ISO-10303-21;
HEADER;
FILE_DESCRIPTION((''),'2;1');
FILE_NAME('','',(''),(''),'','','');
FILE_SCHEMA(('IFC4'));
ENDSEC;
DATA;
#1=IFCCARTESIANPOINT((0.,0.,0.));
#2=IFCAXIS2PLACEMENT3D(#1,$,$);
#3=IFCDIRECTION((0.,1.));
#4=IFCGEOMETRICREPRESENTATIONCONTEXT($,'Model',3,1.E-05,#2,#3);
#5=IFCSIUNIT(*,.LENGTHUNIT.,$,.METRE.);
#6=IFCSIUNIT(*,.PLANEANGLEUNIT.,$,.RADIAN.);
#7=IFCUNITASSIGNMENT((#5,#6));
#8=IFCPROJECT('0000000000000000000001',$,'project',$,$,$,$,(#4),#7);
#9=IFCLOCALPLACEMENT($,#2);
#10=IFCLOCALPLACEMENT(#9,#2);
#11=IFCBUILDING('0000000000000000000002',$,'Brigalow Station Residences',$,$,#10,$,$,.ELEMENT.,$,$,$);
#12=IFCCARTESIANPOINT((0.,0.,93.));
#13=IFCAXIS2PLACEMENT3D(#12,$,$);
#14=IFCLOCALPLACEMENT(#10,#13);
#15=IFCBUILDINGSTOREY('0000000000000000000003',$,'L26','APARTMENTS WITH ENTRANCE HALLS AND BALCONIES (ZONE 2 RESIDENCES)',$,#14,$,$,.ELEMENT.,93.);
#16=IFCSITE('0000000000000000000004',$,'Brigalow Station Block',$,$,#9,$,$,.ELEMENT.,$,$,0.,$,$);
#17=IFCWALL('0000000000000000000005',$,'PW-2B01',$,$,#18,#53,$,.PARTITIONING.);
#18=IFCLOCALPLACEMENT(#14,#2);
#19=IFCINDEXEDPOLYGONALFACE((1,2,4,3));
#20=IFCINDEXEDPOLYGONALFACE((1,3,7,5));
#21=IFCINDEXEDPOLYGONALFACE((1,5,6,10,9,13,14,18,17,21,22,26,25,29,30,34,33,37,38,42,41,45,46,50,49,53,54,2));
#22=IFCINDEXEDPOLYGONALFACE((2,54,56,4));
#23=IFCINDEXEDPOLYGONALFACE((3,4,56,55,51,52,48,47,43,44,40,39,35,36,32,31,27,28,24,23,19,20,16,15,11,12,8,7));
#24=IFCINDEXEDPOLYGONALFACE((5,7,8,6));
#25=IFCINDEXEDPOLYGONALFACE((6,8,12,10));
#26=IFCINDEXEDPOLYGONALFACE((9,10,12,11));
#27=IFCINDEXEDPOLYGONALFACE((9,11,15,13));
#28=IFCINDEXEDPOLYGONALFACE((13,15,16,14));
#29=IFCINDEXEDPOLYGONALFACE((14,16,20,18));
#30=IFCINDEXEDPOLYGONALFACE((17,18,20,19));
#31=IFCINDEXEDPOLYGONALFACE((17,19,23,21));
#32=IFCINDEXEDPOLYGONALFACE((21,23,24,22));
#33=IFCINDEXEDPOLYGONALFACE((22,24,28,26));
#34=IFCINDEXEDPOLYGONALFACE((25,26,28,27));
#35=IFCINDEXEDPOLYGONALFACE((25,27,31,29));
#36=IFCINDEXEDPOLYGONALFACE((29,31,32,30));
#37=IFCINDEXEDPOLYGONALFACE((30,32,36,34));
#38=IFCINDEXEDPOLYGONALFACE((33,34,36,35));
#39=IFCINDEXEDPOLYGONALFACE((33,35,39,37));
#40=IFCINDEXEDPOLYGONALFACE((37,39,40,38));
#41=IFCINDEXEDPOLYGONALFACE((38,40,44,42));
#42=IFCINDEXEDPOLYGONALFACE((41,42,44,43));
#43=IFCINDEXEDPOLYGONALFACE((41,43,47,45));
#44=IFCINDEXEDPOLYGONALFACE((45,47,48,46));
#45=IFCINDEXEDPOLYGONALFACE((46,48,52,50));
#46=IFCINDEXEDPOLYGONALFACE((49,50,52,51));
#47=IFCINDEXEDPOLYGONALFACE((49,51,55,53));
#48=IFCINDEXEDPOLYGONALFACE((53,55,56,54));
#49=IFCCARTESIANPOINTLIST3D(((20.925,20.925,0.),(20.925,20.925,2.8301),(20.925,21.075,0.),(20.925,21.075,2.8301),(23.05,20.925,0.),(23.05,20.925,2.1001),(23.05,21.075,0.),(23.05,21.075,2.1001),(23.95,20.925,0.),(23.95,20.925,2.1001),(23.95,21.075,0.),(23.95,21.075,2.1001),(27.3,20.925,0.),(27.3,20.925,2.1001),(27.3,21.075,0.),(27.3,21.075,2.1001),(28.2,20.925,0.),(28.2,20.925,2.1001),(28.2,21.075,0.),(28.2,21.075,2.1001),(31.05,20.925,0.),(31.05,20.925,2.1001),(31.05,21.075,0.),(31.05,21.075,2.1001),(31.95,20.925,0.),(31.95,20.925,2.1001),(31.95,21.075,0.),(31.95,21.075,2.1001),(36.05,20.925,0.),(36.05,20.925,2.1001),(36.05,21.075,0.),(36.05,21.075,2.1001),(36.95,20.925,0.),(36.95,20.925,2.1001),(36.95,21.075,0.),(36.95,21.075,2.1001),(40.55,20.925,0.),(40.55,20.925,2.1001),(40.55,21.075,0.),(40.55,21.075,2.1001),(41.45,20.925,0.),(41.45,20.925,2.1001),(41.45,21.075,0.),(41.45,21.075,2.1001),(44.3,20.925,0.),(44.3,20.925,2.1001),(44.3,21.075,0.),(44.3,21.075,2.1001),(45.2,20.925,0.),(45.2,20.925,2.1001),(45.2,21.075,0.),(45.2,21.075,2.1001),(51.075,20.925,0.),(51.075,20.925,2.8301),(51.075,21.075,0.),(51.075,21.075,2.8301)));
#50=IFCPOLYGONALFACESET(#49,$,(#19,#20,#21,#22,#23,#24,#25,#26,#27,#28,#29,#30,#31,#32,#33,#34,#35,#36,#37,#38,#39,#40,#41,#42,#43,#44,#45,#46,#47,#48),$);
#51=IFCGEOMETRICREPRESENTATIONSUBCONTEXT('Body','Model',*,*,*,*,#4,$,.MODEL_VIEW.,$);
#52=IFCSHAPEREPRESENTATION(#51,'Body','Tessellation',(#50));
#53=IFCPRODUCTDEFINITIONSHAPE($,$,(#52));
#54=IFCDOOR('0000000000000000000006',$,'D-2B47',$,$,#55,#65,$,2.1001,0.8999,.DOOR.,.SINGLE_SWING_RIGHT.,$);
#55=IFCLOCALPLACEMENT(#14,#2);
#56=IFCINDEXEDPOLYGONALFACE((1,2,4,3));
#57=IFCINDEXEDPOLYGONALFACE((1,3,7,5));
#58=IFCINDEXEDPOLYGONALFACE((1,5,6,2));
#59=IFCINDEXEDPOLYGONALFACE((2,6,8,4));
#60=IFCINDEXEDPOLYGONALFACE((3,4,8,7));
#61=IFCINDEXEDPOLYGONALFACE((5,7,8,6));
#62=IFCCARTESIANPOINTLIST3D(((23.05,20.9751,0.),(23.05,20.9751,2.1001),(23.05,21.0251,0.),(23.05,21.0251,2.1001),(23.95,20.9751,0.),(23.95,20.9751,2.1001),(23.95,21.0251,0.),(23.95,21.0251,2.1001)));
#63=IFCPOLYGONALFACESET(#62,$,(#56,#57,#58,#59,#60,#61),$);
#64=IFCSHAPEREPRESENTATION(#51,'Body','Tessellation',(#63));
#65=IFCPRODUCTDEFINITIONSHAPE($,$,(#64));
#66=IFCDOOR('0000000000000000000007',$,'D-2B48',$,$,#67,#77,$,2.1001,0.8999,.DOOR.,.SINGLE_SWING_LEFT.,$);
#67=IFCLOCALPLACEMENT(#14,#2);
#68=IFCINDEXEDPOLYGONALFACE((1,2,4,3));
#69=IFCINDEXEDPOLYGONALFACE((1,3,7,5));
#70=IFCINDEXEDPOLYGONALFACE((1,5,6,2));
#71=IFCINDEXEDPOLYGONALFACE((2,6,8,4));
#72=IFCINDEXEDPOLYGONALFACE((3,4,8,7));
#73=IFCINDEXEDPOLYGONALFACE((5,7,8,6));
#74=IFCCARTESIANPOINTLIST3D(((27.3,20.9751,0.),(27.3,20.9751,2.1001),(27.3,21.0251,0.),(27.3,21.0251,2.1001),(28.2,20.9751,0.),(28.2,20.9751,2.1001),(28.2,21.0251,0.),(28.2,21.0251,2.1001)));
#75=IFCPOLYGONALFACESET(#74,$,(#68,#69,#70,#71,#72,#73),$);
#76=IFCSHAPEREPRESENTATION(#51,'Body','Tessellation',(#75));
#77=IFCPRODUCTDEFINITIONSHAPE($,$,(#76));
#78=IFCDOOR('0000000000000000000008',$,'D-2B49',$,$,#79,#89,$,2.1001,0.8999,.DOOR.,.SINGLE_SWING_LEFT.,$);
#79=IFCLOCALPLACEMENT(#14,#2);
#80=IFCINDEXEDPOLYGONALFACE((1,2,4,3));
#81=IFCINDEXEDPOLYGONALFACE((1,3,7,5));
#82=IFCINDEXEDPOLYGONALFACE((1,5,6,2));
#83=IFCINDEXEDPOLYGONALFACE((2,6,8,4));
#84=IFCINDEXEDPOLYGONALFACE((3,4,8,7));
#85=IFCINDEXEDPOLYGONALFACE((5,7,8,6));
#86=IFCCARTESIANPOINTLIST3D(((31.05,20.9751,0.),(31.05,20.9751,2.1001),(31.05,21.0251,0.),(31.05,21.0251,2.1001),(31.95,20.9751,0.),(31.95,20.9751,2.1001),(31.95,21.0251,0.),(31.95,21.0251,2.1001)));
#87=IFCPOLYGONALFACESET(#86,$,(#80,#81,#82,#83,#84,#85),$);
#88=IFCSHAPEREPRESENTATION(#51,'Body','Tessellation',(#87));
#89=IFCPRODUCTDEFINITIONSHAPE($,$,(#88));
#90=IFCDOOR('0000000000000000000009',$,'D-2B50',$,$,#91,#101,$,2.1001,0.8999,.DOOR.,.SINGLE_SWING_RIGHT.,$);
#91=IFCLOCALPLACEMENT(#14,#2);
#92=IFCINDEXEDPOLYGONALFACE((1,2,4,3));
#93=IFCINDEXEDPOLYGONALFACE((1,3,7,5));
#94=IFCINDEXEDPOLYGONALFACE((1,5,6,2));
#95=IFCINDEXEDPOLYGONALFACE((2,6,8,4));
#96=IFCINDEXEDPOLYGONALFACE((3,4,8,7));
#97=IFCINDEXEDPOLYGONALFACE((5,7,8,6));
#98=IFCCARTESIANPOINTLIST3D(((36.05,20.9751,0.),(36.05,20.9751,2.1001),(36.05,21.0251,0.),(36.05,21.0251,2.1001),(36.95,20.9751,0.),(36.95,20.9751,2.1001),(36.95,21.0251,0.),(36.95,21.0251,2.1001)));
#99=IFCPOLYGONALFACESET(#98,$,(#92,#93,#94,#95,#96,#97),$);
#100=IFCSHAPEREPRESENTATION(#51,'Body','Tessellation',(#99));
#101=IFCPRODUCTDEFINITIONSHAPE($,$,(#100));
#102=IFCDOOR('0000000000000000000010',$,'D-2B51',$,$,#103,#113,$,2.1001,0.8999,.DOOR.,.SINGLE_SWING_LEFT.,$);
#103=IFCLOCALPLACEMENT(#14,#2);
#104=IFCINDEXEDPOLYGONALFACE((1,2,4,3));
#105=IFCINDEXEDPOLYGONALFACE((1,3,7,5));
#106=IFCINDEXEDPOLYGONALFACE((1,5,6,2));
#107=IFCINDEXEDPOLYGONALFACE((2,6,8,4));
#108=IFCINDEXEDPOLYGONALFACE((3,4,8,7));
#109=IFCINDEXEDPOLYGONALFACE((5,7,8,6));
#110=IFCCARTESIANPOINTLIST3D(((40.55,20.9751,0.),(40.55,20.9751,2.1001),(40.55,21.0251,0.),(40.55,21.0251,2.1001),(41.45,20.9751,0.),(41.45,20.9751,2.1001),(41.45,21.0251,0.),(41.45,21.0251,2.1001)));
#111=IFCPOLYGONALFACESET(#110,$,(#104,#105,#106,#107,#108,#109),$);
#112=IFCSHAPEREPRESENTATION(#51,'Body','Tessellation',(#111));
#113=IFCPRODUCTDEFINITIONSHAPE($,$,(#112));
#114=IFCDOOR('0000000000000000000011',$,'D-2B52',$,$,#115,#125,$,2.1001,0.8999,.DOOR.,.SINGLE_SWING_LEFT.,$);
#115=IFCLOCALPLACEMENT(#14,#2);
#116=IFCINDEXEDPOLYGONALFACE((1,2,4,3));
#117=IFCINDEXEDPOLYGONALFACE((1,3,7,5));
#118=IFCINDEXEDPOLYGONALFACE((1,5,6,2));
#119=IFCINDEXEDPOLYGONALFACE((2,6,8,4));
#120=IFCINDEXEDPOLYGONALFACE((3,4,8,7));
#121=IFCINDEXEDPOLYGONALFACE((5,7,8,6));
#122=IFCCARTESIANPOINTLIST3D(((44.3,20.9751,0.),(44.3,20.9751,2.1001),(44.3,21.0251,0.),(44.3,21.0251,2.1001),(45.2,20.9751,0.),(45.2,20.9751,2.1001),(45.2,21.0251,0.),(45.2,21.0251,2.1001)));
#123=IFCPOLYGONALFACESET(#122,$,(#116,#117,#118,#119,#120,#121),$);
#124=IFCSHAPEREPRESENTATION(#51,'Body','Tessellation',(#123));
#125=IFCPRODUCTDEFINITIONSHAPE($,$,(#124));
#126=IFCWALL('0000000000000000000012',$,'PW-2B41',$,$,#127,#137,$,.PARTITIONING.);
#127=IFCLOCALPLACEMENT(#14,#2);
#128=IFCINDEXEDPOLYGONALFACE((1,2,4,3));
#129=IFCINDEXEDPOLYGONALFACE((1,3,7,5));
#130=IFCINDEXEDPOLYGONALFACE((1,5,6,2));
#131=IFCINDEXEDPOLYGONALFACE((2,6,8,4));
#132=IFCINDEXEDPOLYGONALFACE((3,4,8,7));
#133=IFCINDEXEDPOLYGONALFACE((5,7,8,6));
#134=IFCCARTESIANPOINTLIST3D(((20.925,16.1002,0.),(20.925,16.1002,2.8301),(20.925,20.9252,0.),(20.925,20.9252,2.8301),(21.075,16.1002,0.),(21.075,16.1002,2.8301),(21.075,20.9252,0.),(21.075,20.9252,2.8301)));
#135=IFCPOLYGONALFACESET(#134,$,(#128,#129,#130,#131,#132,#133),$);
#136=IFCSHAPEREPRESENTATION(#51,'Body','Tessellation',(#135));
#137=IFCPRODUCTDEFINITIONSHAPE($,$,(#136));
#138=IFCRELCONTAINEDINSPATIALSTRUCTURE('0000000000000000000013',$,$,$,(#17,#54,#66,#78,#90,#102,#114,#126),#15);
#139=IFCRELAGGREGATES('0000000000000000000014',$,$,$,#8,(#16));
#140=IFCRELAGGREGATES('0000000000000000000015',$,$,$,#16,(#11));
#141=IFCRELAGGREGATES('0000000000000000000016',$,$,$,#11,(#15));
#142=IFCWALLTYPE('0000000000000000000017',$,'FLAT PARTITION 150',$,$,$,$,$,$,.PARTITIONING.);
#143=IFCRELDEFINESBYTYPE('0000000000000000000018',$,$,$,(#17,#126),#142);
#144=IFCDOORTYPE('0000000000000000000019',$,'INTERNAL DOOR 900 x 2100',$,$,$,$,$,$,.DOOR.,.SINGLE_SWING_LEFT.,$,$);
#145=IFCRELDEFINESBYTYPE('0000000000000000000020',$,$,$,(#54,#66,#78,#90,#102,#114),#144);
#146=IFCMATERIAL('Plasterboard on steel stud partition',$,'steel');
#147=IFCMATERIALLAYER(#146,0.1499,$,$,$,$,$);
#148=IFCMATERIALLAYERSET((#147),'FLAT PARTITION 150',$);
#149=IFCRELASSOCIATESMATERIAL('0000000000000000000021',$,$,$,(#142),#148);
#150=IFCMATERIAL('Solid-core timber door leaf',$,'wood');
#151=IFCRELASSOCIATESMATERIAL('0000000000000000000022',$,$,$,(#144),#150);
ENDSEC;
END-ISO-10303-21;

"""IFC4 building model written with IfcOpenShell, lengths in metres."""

from ifc_helpers import new_model, si_unit, direction, frame, frame_2d, origin, place, context, subcontext, project, spatial, rectangle, extrude, material, layer, layer_set, type_object, element, fill, save


model = new_model("IFC4")

# Units and contexts
model_context = context("Model", 3, precision=1e-05, world=origin(), true_north=direction((0.0, 1.0)))
body_context = subcontext(model_context, "Body", "Model", "MODEL_VIEW")
ifc_project = project(units=[si_unit("LENGTHUNIT", "METRE"), si_unit("PLANEANGLEUNIT", "RADIAN")], contexts=[model_context])

# Site, building, storey
site_placement = place(None, origin())
site = spatial("IfcSite", under=ifc_project, at=site_placement, Name="Brigalow Station Block", CompositionType="ELEMENT", RefElevation=0.0)
building_placement = place(site_placement, origin())
building = spatial("IfcBuilding", under=site, at=building_placement, Name="Brigalow Station Residences", CompositionType="ELEMENT")
storey_placement = place(building_placement, frame((0.0, 0.0, 93.0)))
storey = spatial("IfcBuildingStorey", under=building, at=storey_placement, Name="L26", Description="APARTMENTS WITH ENTRANCE HALLS AND BALCONIES (ZONE 2 RESIDENCES)", CompositionType="ELEMENT", Elevation=93.0)

# Wall, openings, doors
ifc_material_1 = material(Name="Plasterboard on steel stud partition", Category="steel")
ifc_layer_1 = layer(ifc_material_1, 0.1499)
ifc_layer_set_1 = layer_set([ifc_layer_1], Name="FLAT PARTITION 150")
wall_type_1 = type_object("IfcWallType", Name="FLAT PARTITION 150", PredefinedType="PARTITIONING", material=ifc_layer_set_1)
wall_1_placement = place(storey_placement, frame((20.925, 21.0, 0.0), z_axis=(0.0, 0.0, 1.0), x_axis=(1.0, 0.0, 0.0)))
wall_1 = element("IfcWall", 1, at=wall_1_placement, inside=storey, type_object=wall_type_1, Name="PW-2B01", PredefinedType="PARTITIONING", context=body_context, shape_type="SweptSolid", body=[
    extrude(rectangle(XDim=30.1499, YDim=0.1499, at=frame_2d((15.075, 0.0))), origin(), (0.0, 0.0, 1.0), 2.8301),
])
opening_1_placement = place(wall_1_placement, frame((2.125, 0.0, 0.0)))
opening_1 = element("IfcOpeningElement", 2, at=opening_1_placement, cuts=wall_1, PredefinedType="OPENING", context=body_context, shape_type="SweptSolid", body=[
    extrude(rectangle(XDim=0.8999, YDim=2.1001, at=frame_2d((0.45, 1.05))), frame((0.0, 0.085, 0.0), z_axis=(0.0, -1.0, 0.0), x_axis=(1.0, 0.0, 0.0)), (0.0, 0.0, 1.0), 0.1699),
])
opening_2_placement = place(wall_1_placement, frame((6.375, 0.0, 0.0)))
opening_2 = element("IfcOpeningElement", 3, at=opening_2_placement, cuts=wall_1, PredefinedType="OPENING", context=body_context, shape_type="SweptSolid", body=[
    extrude(rectangle(XDim=0.8999, YDim=2.1001, at=frame_2d((0.45, 1.05))), frame((0.0, 0.085, 0.0), z_axis=(0.0, -1.0, 0.0), x_axis=(1.0, 0.0, 0.0)), (0.0, 0.0, 1.0), 0.1699),
])
opening_3_placement = place(wall_1_placement, frame((10.125, 0.0, 0.0)))
opening_3 = element("IfcOpeningElement", 4, at=opening_3_placement, cuts=wall_1, PredefinedType="OPENING", context=body_context, shape_type="SweptSolid", body=[
    extrude(rectangle(XDim=0.8999, YDim=2.1001, at=frame_2d((0.45, 1.05))), frame((0.0, 0.085, 0.0), z_axis=(0.0, -1.0, 0.0), x_axis=(1.0, 0.0, 0.0)), (0.0, 0.0, 1.0), 0.1699),
])
opening_4_placement = place(wall_1_placement, frame((15.125, 0.0, 0.0)))
opening_4 = element("IfcOpeningElement", 5, at=opening_4_placement, cuts=wall_1, PredefinedType="OPENING", context=body_context, shape_type="SweptSolid", body=[
    extrude(rectangle(XDim=0.8999, YDim=2.1001, at=frame_2d((0.45, 1.05))), frame((0.0, 0.085, 0.0), z_axis=(0.0, -1.0, 0.0), x_axis=(1.0, 0.0, 0.0)), (0.0, 0.0, 1.0), 0.1699),
])
opening_5_placement = place(wall_1_placement, frame((19.625, 0.0, 0.0)))
opening_5 = element("IfcOpeningElement", 6, at=opening_5_placement, cuts=wall_1, PredefinedType="OPENING", context=body_context, shape_type="SweptSolid", body=[
    extrude(rectangle(XDim=0.8999, YDim=2.1001, at=frame_2d((0.45, 1.05))), frame((0.0, 0.085, 0.0), z_axis=(0.0, -1.0, 0.0), x_axis=(1.0, 0.0, 0.0)), (0.0, 0.0, 1.0), 0.1699),
])
opening_6_placement = place(wall_1_placement, frame((23.375, 0.0, 0.0)))
opening_6 = element("IfcOpeningElement", 7, at=opening_6_placement, cuts=wall_1, PredefinedType="OPENING", context=body_context, shape_type="SweptSolid", body=[
    extrude(rectangle(XDim=0.8999, YDim=2.1001, at=frame_2d((0.45, 1.05))), frame((0.0, 0.085, 0.0), z_axis=(0.0, -1.0, 0.0), x_axis=(1.0, 0.0, 0.0)), (0.0, 0.0, 1.0), 0.1699),
])
ifc_material_2 = material(Name="Solid-core timber door leaf", Category="wood")
door_type_1 = type_object("IfcDoorType", Name="INTERNAL DOOR 900 x 2100", OperationType="SINGLE_SWING_LEFT", PredefinedType="DOOR", material=ifc_material_2)
door_1_placement = place(opening_1_placement, frame((0.8999, 0.0, 0.0), z_axis=(0.0, 0.0, 1.0), x_axis=(-1.0, 0.0, 0.0)))
door_1 = element("IfcDoor", 8, at=door_1_placement, inside=storey, type_object=door_type_1, Name="D-2B47", OperationType="SINGLE_SWING_RIGHT", OverallHeight=2.1001, OverallWidth=0.8999, PredefinedType="DOOR", context=body_context, shape_type="SweptSolid", body=[
    extrude(rectangle(XDim=0.8999, YDim=2.1001, at=frame_2d((0.45, 1.05))), frame((0.0, 0.0249, 0.0), z_axis=(0.0, -1.0, 0.0), x_axis=(1.0, 0.0, 0.0)), (0.0, 0.0, 1.0), 0.05),
])
fill(opening_1, door_1)
door_2_placement = place(opening_2_placement, frame((0.8999, 0.0, 0.0), z_axis=(0.0, 0.0, 1.0), x_axis=(-1.0, 0.0, 0.0)))
door_2 = element("IfcDoor", 9, at=door_2_placement, inside=storey, type_object=door_type_1, Name="D-2B48", OperationType="SINGLE_SWING_LEFT", OverallHeight=2.1001, OverallWidth=0.8999, PredefinedType="DOOR", context=body_context, shape_type="SweptSolid", body=[
    extrude(rectangle(XDim=0.8999, YDim=2.1001, at=frame_2d((0.45, 1.05))), frame((0.0, 0.0249, 0.0), z_axis=(0.0, -1.0, 0.0), x_axis=(1.0, 0.0, 0.0)), (0.0, 0.0, 1.0), 0.05),
])
fill(opening_2, door_2)
door_3_placement = place(opening_3_placement, frame((0.8999, 0.0, 0.0), z_axis=(0.0, 0.0, 1.0), x_axis=(-1.0, 0.0, 0.0)))
door_3 = element("IfcDoor", 10, at=door_3_placement, inside=storey, type_object=door_type_1, Name="D-2B49", OperationType="SINGLE_SWING_LEFT", OverallHeight=2.1001, OverallWidth=0.8999, PredefinedType="DOOR", context=body_context, shape_type="SweptSolid", body=[
    extrude(rectangle(XDim=0.8999, YDim=2.1001, at=frame_2d((0.45, 1.05))), frame((0.0, 0.0249, 0.0), z_axis=(0.0, -1.0, 0.0), x_axis=(1.0, 0.0, 0.0)), (0.0, 0.0, 1.0), 0.05),
])
fill(opening_3, door_3)
door_4_placement = place(opening_4_placement, frame((0.8999, 0.0, 0.0), z_axis=(0.0, 0.0, 1.0), x_axis=(-1.0, 0.0, 0.0)))
door_4 = element("IfcDoor", 11, at=door_4_placement, inside=storey, type_object=door_type_1, Name="D-2B50", OperationType="SINGLE_SWING_RIGHT", OverallHeight=2.1001, OverallWidth=0.8999, PredefinedType="DOOR", context=body_context, shape_type="SweptSolid", body=[
    extrude(rectangle(XDim=0.8999, YDim=2.1001, at=frame_2d((0.45, 1.05))), frame((0.0, 0.0249, 0.0), z_axis=(0.0, -1.0, 0.0), x_axis=(1.0, 0.0, 0.0)), (0.0, 0.0, 1.0), 0.05),
])
fill(opening_4, door_4)
door_5_placement = place(opening_5_placement, frame((0.8999, 0.0, 0.0), z_axis=(0.0, 0.0, 1.0), x_axis=(-1.0, 0.0, 0.0)))
door_5 = element("IfcDoor", 12, at=door_5_placement, inside=storey, type_object=door_type_1, Name="D-2B51", OperationType="SINGLE_SWING_LEFT", OverallHeight=2.1001, OverallWidth=0.8999, PredefinedType="DOOR", context=body_context, shape_type="SweptSolid", body=[
    extrude(rectangle(XDim=0.8999, YDim=2.1001, at=frame_2d((0.45, 1.05))), frame((0.0, 0.0249, 0.0), z_axis=(0.0, -1.0, 0.0), x_axis=(1.0, 0.0, 0.0)), (0.0, 0.0, 1.0), 0.05),
])
fill(opening_5, door_5)
door_6_placement = place(opening_6_placement, frame((0.8999, 0.0, 0.0), z_axis=(0.0, 0.0, 1.0), x_axis=(-1.0, 0.0, 0.0)))
door_6 = element("IfcDoor", 13, at=door_6_placement, inside=storey, type_object=door_type_1, Name="D-2B52", OperationType="SINGLE_SWING_LEFT", OverallHeight=2.1001, OverallWidth=0.8999, PredefinedType="DOOR", context=body_context, shape_type="SweptSolid", body=[
    extrude(rectangle(XDim=0.8999, YDim=2.1001, at=frame_2d((0.45, 1.05))), frame((0.0, 0.0249, 0.0), z_axis=(0.0, -1.0, 0.0), x_axis=(1.0, 0.0, 0.0)), (0.0, 0.0, 1.0), 0.05),
])
fill(opening_6, door_6)

# Wall
wall_2_placement = place(storey_placement, frame((21.0, 16.1001, 0.0), z_axis=(0.0, 0.0, 1.0), x_axis=(0.0, 1.0, 0.0)))
element("IfcWall", 14, at=wall_2_placement, inside=storey, type_object=wall_type_1, Name="PW-2B41", PredefinedType="PARTITIONING", context=body_context, shape_type="SweptSolid", body=[
    extrude(rectangle(XDim=4.825, YDim=0.1499, at=frame_2d((2.4126, 0.0))), origin(), (0.0, 0.0, 1.0), 2.8301),
])

save(model, "model.ifc")
